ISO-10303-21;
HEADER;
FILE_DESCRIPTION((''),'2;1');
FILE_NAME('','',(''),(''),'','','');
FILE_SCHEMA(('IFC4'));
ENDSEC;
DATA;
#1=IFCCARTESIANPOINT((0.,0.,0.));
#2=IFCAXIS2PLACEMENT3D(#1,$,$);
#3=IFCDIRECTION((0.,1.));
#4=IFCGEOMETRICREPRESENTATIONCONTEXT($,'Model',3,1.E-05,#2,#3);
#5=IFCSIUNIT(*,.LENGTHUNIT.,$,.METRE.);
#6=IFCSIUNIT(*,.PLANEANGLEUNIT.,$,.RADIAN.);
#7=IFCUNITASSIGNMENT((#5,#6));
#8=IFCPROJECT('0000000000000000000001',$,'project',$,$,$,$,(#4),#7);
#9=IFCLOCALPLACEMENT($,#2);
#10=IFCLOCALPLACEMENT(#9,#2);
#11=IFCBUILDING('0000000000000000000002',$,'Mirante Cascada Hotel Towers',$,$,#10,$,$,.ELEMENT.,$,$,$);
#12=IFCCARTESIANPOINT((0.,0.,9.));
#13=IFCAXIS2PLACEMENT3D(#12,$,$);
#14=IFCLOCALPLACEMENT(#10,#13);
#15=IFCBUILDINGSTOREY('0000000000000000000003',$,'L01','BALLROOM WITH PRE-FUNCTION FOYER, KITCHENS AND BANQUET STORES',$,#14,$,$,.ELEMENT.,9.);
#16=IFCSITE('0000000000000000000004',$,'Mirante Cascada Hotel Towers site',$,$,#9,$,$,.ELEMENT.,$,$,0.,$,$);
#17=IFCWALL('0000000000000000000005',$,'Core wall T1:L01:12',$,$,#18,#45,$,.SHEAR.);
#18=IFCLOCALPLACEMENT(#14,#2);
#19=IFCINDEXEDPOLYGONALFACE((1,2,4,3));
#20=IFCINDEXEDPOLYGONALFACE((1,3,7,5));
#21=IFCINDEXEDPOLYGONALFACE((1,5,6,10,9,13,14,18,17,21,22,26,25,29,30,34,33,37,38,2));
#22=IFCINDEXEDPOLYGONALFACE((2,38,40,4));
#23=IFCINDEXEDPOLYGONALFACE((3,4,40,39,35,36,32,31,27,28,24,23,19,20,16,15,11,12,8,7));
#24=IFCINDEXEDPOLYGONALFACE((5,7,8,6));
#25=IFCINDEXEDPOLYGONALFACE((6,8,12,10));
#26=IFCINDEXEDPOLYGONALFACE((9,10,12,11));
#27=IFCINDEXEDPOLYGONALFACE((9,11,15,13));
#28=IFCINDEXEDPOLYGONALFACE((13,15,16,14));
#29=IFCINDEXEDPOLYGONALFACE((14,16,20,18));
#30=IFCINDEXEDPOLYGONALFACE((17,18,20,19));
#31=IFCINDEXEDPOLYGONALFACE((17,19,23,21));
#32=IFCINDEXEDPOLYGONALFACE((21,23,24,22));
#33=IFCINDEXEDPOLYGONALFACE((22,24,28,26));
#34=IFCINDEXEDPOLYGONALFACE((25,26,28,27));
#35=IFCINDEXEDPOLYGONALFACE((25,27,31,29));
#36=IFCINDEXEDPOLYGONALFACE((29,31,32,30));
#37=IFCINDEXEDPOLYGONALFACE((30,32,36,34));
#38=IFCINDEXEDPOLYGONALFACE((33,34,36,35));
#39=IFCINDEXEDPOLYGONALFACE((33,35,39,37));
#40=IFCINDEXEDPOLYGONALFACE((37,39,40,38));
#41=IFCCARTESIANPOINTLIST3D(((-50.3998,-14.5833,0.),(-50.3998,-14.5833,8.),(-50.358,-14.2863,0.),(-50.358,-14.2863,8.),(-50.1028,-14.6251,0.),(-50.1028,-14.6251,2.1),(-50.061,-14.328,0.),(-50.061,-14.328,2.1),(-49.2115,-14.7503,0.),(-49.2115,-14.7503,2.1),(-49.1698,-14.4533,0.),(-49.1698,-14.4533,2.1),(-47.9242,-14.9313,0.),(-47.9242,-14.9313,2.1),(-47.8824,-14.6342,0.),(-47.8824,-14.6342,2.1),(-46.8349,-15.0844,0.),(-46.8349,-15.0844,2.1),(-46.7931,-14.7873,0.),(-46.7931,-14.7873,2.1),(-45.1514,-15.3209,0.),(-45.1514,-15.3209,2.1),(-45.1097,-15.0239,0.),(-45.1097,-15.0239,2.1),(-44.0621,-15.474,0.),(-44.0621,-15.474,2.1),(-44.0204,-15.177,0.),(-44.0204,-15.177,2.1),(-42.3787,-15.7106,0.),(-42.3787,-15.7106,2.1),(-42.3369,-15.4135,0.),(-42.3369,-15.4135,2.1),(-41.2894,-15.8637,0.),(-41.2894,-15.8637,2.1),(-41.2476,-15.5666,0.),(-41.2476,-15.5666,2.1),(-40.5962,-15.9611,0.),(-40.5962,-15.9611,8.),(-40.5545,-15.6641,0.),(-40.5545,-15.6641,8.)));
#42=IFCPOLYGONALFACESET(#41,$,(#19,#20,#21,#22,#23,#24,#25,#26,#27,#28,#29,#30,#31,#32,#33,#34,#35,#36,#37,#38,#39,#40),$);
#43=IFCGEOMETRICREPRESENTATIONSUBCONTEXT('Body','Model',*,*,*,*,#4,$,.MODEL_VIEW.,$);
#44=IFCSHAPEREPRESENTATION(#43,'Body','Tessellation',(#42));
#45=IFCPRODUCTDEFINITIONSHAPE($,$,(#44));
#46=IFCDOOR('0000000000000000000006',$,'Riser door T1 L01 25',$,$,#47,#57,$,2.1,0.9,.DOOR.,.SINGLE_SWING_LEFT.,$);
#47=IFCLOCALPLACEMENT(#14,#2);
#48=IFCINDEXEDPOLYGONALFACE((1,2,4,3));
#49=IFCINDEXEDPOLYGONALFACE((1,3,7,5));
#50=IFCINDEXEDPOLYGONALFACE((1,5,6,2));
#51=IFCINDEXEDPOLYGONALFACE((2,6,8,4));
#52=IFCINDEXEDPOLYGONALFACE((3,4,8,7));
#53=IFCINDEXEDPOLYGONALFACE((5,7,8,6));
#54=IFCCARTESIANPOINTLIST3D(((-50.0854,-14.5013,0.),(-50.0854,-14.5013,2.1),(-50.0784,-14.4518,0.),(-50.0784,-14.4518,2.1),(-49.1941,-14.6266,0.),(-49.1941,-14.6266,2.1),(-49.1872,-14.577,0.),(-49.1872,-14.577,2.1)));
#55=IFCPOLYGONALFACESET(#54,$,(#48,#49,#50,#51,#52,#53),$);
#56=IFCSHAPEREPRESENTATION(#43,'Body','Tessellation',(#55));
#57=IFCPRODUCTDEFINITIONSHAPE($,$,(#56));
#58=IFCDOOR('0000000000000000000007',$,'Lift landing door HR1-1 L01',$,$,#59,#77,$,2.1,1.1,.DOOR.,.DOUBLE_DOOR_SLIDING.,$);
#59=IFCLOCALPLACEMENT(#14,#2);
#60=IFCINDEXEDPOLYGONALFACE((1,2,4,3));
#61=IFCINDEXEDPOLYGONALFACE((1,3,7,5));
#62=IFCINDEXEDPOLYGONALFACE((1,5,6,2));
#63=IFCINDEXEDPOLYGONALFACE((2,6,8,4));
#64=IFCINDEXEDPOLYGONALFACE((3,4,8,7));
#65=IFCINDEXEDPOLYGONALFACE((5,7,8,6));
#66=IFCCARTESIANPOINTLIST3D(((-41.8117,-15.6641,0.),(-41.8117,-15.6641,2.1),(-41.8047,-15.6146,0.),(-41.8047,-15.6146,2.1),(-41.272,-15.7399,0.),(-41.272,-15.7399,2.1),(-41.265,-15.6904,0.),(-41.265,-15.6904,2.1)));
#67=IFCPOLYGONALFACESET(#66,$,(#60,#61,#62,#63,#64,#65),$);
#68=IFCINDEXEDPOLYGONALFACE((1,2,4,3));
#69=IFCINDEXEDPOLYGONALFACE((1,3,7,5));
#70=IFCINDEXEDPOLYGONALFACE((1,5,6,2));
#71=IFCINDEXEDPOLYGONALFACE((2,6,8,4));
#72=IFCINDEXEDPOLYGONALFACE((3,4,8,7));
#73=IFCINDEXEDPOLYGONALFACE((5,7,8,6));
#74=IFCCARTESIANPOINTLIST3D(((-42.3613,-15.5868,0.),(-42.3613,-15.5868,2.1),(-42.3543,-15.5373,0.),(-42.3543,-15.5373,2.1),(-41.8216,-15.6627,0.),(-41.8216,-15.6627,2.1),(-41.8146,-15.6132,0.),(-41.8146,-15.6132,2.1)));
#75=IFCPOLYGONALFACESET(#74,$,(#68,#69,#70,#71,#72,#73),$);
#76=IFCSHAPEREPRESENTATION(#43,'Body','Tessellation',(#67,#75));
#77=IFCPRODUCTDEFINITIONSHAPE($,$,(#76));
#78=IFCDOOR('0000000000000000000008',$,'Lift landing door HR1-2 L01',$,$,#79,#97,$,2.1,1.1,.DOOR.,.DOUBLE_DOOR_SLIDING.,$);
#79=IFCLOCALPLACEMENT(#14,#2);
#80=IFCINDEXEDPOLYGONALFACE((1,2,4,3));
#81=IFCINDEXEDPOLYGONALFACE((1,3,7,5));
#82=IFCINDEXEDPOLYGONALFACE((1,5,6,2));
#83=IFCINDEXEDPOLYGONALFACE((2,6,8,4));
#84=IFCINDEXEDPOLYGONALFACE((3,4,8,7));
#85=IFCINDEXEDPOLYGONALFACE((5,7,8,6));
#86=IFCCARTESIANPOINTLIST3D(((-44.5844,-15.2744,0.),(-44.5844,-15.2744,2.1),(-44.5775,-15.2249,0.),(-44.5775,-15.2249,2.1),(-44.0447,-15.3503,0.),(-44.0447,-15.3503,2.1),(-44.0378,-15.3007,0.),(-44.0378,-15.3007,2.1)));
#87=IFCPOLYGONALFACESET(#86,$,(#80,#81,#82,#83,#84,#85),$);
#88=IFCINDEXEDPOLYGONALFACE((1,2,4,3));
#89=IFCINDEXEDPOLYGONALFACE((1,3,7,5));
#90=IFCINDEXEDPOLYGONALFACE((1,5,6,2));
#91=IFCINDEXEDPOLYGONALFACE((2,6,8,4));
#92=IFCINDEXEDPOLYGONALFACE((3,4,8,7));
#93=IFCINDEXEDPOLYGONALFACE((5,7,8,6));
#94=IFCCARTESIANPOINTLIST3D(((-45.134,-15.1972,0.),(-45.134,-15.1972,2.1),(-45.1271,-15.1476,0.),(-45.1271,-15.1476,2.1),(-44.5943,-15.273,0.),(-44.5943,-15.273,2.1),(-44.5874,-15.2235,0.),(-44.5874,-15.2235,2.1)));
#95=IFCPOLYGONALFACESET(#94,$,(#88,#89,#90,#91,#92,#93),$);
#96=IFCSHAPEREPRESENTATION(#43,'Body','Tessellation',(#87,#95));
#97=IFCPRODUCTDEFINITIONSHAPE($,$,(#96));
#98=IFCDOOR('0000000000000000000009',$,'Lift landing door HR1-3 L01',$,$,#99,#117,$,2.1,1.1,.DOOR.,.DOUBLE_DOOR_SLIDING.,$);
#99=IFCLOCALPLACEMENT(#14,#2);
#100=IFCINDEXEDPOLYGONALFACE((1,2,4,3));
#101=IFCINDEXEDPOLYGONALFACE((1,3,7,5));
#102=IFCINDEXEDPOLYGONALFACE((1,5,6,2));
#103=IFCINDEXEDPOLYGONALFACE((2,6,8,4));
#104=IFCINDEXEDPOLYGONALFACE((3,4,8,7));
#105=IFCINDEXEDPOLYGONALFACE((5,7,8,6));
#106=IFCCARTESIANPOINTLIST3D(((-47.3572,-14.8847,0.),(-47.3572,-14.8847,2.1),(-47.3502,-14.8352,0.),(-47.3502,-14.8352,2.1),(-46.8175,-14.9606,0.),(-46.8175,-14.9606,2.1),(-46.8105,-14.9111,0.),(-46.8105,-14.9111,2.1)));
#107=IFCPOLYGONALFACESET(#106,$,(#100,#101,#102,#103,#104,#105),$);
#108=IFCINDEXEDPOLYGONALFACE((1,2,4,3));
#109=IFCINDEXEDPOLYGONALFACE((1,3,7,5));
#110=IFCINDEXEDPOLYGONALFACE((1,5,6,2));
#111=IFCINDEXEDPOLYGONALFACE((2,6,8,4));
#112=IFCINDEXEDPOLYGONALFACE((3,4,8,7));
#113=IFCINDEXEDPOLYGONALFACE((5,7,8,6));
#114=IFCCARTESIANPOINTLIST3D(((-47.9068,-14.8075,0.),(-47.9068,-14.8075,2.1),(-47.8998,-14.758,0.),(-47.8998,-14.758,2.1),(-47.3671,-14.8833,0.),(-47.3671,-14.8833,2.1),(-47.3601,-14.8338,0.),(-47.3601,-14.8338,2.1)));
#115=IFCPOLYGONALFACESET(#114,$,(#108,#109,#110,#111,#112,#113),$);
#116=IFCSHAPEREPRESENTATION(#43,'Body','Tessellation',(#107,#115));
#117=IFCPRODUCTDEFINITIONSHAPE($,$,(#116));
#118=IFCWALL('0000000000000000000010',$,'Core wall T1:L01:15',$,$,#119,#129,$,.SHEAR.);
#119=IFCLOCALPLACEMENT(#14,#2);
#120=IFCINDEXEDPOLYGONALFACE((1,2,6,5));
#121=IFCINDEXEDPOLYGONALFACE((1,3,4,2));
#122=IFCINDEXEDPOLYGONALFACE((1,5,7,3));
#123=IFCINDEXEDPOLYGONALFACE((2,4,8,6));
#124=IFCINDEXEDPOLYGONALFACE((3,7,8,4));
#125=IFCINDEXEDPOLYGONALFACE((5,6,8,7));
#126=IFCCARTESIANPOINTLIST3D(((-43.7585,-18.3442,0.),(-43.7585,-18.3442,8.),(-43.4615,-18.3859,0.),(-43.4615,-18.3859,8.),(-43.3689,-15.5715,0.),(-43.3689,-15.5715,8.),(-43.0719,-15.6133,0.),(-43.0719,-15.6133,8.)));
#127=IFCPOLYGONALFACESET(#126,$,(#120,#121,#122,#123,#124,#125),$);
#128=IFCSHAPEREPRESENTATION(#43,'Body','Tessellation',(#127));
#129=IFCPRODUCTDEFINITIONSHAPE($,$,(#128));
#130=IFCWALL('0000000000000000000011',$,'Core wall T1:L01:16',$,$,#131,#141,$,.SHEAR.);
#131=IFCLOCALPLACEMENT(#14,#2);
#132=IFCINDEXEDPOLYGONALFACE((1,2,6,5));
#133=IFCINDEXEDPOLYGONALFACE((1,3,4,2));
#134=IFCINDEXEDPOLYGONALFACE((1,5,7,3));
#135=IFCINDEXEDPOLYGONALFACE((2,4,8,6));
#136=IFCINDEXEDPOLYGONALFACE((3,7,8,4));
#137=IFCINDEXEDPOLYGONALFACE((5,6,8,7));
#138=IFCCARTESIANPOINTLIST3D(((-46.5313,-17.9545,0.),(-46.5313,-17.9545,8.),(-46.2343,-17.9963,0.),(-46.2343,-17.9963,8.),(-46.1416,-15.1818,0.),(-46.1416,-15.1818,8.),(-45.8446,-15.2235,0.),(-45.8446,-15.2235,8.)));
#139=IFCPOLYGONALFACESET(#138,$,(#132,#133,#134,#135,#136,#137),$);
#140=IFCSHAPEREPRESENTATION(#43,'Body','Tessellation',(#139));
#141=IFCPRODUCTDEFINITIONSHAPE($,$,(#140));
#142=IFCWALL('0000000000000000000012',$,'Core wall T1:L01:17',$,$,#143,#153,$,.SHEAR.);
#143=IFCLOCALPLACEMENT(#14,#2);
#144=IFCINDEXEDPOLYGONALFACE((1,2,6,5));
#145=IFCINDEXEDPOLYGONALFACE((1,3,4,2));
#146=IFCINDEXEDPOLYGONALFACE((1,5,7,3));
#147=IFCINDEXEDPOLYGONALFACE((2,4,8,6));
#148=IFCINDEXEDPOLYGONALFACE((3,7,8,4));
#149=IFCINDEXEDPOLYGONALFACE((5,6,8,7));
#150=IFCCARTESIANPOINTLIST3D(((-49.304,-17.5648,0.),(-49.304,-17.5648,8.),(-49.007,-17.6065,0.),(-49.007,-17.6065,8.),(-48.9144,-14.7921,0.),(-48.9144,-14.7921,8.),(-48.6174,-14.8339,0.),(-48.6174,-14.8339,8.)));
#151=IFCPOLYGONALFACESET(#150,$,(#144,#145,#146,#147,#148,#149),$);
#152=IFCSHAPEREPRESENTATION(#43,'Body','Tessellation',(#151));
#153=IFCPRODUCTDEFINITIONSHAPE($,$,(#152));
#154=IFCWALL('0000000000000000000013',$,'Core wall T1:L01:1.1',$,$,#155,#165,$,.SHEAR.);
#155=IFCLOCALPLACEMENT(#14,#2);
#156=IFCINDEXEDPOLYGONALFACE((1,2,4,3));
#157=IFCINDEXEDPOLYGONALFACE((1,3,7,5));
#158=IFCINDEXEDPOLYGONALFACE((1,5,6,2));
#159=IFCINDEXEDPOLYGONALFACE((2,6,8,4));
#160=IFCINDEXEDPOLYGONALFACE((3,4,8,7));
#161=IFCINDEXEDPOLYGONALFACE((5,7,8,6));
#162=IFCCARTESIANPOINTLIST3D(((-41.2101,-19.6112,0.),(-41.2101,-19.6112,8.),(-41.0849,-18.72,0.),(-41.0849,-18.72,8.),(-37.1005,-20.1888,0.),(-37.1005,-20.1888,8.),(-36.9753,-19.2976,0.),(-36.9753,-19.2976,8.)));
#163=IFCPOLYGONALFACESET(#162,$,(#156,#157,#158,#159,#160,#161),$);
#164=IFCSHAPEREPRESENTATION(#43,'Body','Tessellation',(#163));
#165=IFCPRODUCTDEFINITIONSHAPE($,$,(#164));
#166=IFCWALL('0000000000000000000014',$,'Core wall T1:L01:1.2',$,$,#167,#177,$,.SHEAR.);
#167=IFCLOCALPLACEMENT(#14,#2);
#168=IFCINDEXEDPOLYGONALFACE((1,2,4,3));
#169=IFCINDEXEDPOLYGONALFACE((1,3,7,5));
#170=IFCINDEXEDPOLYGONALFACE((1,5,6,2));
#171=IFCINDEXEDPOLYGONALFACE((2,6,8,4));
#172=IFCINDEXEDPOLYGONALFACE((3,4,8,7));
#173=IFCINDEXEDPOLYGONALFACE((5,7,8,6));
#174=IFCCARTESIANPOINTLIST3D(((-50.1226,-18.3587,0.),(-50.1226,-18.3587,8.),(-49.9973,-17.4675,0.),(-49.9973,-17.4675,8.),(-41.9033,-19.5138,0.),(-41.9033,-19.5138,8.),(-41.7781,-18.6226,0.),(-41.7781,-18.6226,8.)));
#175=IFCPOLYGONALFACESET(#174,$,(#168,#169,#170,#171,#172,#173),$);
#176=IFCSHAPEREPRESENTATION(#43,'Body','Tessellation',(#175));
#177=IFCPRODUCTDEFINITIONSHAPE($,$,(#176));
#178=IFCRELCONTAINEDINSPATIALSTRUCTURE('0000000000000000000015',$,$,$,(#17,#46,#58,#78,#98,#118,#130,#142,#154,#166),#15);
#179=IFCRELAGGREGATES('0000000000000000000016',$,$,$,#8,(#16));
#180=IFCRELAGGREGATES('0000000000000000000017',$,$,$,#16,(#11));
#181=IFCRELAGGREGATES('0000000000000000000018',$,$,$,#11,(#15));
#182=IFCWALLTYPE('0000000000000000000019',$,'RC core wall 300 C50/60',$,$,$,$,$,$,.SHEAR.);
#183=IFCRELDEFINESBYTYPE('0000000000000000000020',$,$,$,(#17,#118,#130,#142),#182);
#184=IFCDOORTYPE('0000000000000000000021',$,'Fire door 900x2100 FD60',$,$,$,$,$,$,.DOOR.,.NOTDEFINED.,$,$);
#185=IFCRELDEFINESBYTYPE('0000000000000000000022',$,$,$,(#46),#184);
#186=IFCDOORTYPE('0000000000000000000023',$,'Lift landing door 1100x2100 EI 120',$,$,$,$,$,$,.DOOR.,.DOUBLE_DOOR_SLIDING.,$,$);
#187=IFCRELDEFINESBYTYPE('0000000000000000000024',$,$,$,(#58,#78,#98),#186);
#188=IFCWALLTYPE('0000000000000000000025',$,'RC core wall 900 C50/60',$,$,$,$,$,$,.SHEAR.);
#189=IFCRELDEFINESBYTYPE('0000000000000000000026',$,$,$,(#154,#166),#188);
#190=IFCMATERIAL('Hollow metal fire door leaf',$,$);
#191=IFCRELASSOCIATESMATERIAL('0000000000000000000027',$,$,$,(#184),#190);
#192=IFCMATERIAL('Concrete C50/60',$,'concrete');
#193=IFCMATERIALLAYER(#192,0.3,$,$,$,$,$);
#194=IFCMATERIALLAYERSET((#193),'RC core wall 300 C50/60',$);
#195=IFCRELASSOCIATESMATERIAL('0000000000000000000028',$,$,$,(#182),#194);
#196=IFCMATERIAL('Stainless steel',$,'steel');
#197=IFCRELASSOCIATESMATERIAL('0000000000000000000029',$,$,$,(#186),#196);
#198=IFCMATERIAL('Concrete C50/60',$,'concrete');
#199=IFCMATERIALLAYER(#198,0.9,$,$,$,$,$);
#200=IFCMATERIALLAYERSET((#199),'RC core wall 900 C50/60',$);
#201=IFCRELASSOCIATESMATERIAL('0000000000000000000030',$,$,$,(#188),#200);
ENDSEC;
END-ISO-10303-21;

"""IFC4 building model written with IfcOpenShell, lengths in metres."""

from ifc_helpers import new_model, si_unit, direction, frame, frame_2d, origin, place, context, subcontext, project, spatial, rectangle, extrude, material, layer, layer_set, type_object, element, fill, save


model = new_model("IFC4")

# Units and contexts
model_context = context("Model", 3, precision=1e-05, world=origin(), true_north=direction((0.0, 1.0)))
body_context = subcontext(model_context, "Body", "Model", "MODEL_VIEW")
ifc_project = project(units=[si_unit("LENGTHUNIT", "METRE"), si_unit("PLANEANGLEUNIT", "RADIAN")], contexts=[model_context])

# Site, building, storey
site_placement = place(None, origin())
site = spatial("IfcSite", under=ifc_project, at=site_placement, Name="Mirante Cascada Hotel Towers site", CompositionType="ELEMENT", RefElevation=0.0)
building_placement = place(site_placement, origin())
building = spatial("IfcBuilding", under=site, at=building_placement, Name="Mirante Cascada Hotel Towers", CompositionType="ELEMENT")
storey_placement = place(building_placement, frame((0.0, 0.0, 9.0)))
storey = spatial("IfcBuildingStorey", under=building, at=storey_placement, Name="L01", Description="BALLROOM WITH PRE-FUNCTION FOYER, KITCHENS AND BANQUET STORES", CompositionType="ELEMENT", Elevation=9.0)

# Shared definitions
ifc_material_1 = material(Name="Hollow metal fire door leaf")
door_type_1 = type_object("IfcDoorType", Name="Fire door 900x2100 FD60", OperationType="NOTDEFINED", PredefinedType="DOOR", material=ifc_material_1)

# Shared definitions
ifc_material_2 = material(Name="Concrete C50/60", Category="concrete")
ifc_layer_1 = layer(ifc_material_2, 0.3)
ifc_layer_set_1 = layer_set([ifc_layer_1], Name="RC core wall 300 C50/60")
wall_type_1 = type_object("IfcWallType", Name="RC core wall 300 C50/60", PredefinedType="SHEAR", material=ifc_layer_set_1)

# Wall, openings, doors
wall_1_placement = place(storey_placement, frame((-40.5753, -15.8126, 0.0), z_axis=(0.0, 0.0, 1.0), x_axis=(-0.990268, 0.139173, 0.0)))
wall_1 = element("IfcWall", 1, at=wall_1_placement, inside=storey, type_object=wall_type_1, Name="Core wall T1:L01:12", PredefinedType="SHEAR", context=body_context, shape_type="SweptSolid", body=[
    extrude(rectangle(XDim=9.8999, YDim=0.3, at=frame_2d((4.95, 0.0))), origin(), (0.0, 0.0, 1.0), 8.0),
])
opening_1_placement = place(wall_1_placement, frame((0.7, 0.0, 0.0)))
opening_1 = element("IfcOpeningElement", 2, at=opening_1_placement, cuts=wall_1, PredefinedType="OPENING", context=body_context, shape_type="SweptSolid", body=[
    extrude(rectangle(XDim=1.1, YDim=2.1, at=frame_2d((0.55, 1.05))), frame((0.0, 0.15, 0.0), z_axis=(0.0, -1.0, 0.0), x_axis=(1.0, 0.0, 0.0)), (0.0, 0.0, 1.0), 0.3),
])
opening_2_placement = place(wall_1_placement, frame((3.5, 0.0, 0.0)))
opening_2 = element("IfcOpeningElement", 3, at=opening_2_placement, cuts=wall_1, PredefinedType="OPENING", context=body_context, shape_type="SweptSolid", body=[
    extrude(rectangle(XDim=1.1, YDim=2.1, at=frame_2d((0.55, 1.05))), frame((0.0, 0.15, 0.0), z_axis=(0.0, -1.0, 0.0), x_axis=(1.0, 0.0, 0.0)), (0.0, 0.0, 1.0), 0.3),
])
opening_3_placement = place(wall_1_placement, frame((6.3, 0.0, 0.0)))
opening_3 = element("IfcOpeningElement", 4, at=opening_3_placement, cuts=wall_1, PredefinedType="OPENING", context=body_context, shape_type="SweptSolid", body=[
    extrude(rectangle(XDim=1.1, YDim=2.1, at=frame_2d((0.55, 1.05))), frame((0.0, 0.15, 0.0), z_axis=(0.0, -1.0, 0.0), x_axis=(1.0, 0.0, 0.0)), (0.0, 0.0, 1.0), 0.3),
])
opening_4_placement = place(wall_1_placement, frame((8.7, 0.0, 0.0)))
opening_4 = element("IfcOpeningElement", 5, at=opening_4_placement, cuts=wall_1, PredefinedType="OPENING", context=body_context, shape_type="SweptSolid", body=[
    extrude(rectangle(XDim=0.9, YDim=2.1, at=frame_2d((0.45, 1.05))), frame((0.0, 0.15, 0.0), z_axis=(0.0, -1.0, 0.0), x_axis=(1.0, 0.0, 0.0)), (0.0, 0.0, 1.0), 0.3),
])
door_1_placement = place(opening_4_placement, origin())
door_1 = element("IfcDoor", 6, at=door_1_placement, inside=storey, type_object=door_type_1, Name="Riser door T1 L01 25", OperationType="SINGLE_SWING_LEFT", OverallHeight=2.1, OverallWidth=0.9, PredefinedType="DOOR", context=body_context, shape_type="SweptSolid", body=[
    extrude(rectangle(XDim=0.9, YDim=2.1, at=frame_2d((0.45, 1.05))), frame((0.0, 0.025, 0.0), z_axis=(0.0, -1.0, 0.0), x_axis=(1.0, 0.0, 0.0)), (0.0, 0.0, 1.0), 0.05),
])
fill(opening_4, door_1)
ifc_material_3 = material(Name="Stainless steel", Category="steel")
door_type_2 = type_object("IfcDoorType", Name="Lift landing door 1100x2100 EI 120", OperationType="DOUBLE_DOOR_SLIDING", PredefinedType="DOOR", material=ifc_material_3)
door_2_placement = place(opening_1_placement, origin())
door_2 = element("IfcDoor", 7, at=door_2_placement, inside=storey, type_object=door_type_2, Name="Lift landing door HR1-1 L01", OperationType="DOUBLE_DOOR_SLIDING", OverallHeight=2.1, OverallWidth=1.1, PredefinedType="DOOR", context=body_context, shape_type="SweptSolid", body=[
    extrude(rectangle(XDim=0.545, YDim=2.1, at=frame_2d((0.2725, 1.05))), frame((0.0, 0.025, 0.0), z_axis=(0.0, -1.0, 0.0), x_axis=(1.0, 0.0, 0.0)), (0.0, 0.0, 1.0), 0.05),
    extrude(rectangle(XDim=0.545, YDim=2.1, at=frame_2d((0.8275, 1.05))), frame((0.0, 0.025, 0.0), z_axis=(0.0, -1.0, 0.0), x_axis=(1.0, 0.0, 0.0)), (0.0, 0.0, 1.0), 0.05),
])
fill(opening_1, door_2)
door_3_placement = place(opening_2_placement, origin())
door_3 = element("IfcDoor", 8, at=door_3_placement, inside=storey, type_object=door_type_2, Name="Lift landing door HR1-2 L01", OperationType="DOUBLE_DOOR_SLIDING", OverallHeight=2.1, OverallWidth=1.1, PredefinedType="DOOR", context=body_context, shape_type="SweptSolid", body=[
    extrude(rectangle(XDim=0.545, YDim=2.1, at=frame_2d((0.2725, 1.05))), frame((0.0, 0.025, 0.0), z_axis=(0.0, -1.0, 0.0), x_axis=(1.0, 0.0, 0.0)), (0.0, 0.0, 1.0), 0.05),
    extrude(rectangle(XDim=0.545, YDim=2.1, at=frame_2d((0.8275, 1.05))), frame((0.0, 0.025, 0.0), z_axis=(0.0, -1.0, 0.0), x_axis=(1.0, 0.0, 0.0)), (0.0, 0.0, 1.0), 0.05),
])
fill(opening_2, door_3)
door_4_placement = place(opening_3_placement, origin())
door_4 = element("IfcDoor", 9, at=door_4_placement, inside=storey, type_object=door_type_2, Name="Lift landing door HR1-3 L01", OperationType="DOUBLE_DOOR_SLIDING", OverallHeight=2.1, OverallWidth=1.1, PredefinedType="DOOR", context=body_context, shape_type="SweptSolid", body=[
    extrude(rectangle(XDim=0.545, YDim=2.1, at=frame_2d((0.2725, 1.05))), frame((0.0, 0.025, 0.0), z_axis=(0.0, -1.0, 0.0), x_axis=(1.0, 0.0, 0.0)), (0.0, 0.0, 1.0), 0.05),
    extrude(rectangle(XDim=0.545, YDim=2.1, at=frame_2d((0.8275, 1.05))), frame((0.0, 0.025, 0.0), z_axis=(0.0, -1.0, 0.0), x_axis=(1.0, 0.0, 0.0)), (0.0, 0.0, 1.0), 0.05),
])
fill(opening_3, door_4)

# Walls
wall_2_placement = place(storey_placement, frame((-43.61, -18.3651, 0.0), z_axis=(0.0, 0.0, 1.0), x_axis=(0.139146, 0.990272, 0.0)))
element("IfcWall", 10, at=wall_2_placement, inside=storey, type_object=wall_type_1, Name="Core wall T1:L01:15", PredefinedType="SHEAR", context=body_context, shape_type="SweptSolid", body=[
    extrude(rectangle(XDim=2.7999, YDim=0.3, at=frame_2d((1.4, 0.0))), origin(), (0.0, 0.0, 1.0), 8.0),
])
wall_3_placement = place(storey_placement, frame((-46.3828, -17.9754, 0.0), z_axis=(0.0, 0.0, 1.0), x_axis=(0.139181, 0.990267, 0.0)))
element("IfcWall", 11, at=wall_3_placement, inside=storey, type_object=wall_type_1, Name="Core wall T1:L01:16", PredefinedType="SHEAR", context=body_context, shape_type="SweptSolid", body=[
    extrude(rectangle(XDim=2.8, YDim=0.3, at=frame_2d((1.4, 0.0))), origin(), (0.0, 0.0, 1.0), 8.0),
])
wall_4_placement = place(storey_placement, frame((-49.1555, -17.5857, 0.0), z_axis=(0.0, 0.0, 1.0), x_axis=(0.139146, 0.990272, 0.0)))
element("IfcWall", 12, at=wall_4_placement, inside=storey, type_object=wall_type_1, Name="Core wall T1:L01:17", PredefinedType="SHEAR", context=body_context, shape_type="SweptSolid", body=[
    extrude(rectangle(XDim=2.7999, YDim=0.3, at=frame_2d((1.4, 0.0))), origin(), (0.0, 0.0, 1.0), 8.0),
])
ifc_material_4 = material(Name="Concrete C50/60", Category="concrete")
ifc_layer_2 = layer(ifc_material_4, 0.9)
ifc_layer_set_2 = layer_set([ifc_layer_2], Name="RC core wall 900 C50/60")
wall_type_2 = type_object("IfcWallType", Name="RC core wall 900 C50/60", PredefinedType="SHEAR", material=ifc_layer_set_2)
wall_5_placement = place(storey_placement, frame((-37.0379, -19.7432, 0.0), z_axis=(0.0, 0.0, 1.0), x_axis=(-0.990267, 0.139181, 0.0)))
element("IfcWall", 13, at=wall_5_placement, inside=storey, type_object=wall_type_2, Name="Core wall T1:L01:1.1", PredefinedType="SHEAR", context=body_context, shape_type="SweptSolid", body=[
    extrude(rectangle(XDim=4.15, YDim=0.9, at=frame_2d((2.075, 0.0))), origin(), (0.0, 0.0, 1.0), 8.0),
])
wall_6_placement = place(storey_placement, frame((-41.8407, -19.0682, 0.0), z_axis=(0.0, 0.0, 1.0), x_axis=(-0.990269, 0.139169, 0.0)))
element("IfcWall", 14, at=wall_6_placement, inside=storey, type_object=wall_type_2, Name="Core wall T1:L01:1.2", PredefinedType="SHEAR", context=body_context, shape_type="SweptSolid", body=[
    extrude(rectangle(XDim=8.3, YDim=0.9, at=frame_2d((4.15, 0.0))), origin(), (0.0, 0.0, 1.0), 8.0),
])

save(model, "model.ifc")
